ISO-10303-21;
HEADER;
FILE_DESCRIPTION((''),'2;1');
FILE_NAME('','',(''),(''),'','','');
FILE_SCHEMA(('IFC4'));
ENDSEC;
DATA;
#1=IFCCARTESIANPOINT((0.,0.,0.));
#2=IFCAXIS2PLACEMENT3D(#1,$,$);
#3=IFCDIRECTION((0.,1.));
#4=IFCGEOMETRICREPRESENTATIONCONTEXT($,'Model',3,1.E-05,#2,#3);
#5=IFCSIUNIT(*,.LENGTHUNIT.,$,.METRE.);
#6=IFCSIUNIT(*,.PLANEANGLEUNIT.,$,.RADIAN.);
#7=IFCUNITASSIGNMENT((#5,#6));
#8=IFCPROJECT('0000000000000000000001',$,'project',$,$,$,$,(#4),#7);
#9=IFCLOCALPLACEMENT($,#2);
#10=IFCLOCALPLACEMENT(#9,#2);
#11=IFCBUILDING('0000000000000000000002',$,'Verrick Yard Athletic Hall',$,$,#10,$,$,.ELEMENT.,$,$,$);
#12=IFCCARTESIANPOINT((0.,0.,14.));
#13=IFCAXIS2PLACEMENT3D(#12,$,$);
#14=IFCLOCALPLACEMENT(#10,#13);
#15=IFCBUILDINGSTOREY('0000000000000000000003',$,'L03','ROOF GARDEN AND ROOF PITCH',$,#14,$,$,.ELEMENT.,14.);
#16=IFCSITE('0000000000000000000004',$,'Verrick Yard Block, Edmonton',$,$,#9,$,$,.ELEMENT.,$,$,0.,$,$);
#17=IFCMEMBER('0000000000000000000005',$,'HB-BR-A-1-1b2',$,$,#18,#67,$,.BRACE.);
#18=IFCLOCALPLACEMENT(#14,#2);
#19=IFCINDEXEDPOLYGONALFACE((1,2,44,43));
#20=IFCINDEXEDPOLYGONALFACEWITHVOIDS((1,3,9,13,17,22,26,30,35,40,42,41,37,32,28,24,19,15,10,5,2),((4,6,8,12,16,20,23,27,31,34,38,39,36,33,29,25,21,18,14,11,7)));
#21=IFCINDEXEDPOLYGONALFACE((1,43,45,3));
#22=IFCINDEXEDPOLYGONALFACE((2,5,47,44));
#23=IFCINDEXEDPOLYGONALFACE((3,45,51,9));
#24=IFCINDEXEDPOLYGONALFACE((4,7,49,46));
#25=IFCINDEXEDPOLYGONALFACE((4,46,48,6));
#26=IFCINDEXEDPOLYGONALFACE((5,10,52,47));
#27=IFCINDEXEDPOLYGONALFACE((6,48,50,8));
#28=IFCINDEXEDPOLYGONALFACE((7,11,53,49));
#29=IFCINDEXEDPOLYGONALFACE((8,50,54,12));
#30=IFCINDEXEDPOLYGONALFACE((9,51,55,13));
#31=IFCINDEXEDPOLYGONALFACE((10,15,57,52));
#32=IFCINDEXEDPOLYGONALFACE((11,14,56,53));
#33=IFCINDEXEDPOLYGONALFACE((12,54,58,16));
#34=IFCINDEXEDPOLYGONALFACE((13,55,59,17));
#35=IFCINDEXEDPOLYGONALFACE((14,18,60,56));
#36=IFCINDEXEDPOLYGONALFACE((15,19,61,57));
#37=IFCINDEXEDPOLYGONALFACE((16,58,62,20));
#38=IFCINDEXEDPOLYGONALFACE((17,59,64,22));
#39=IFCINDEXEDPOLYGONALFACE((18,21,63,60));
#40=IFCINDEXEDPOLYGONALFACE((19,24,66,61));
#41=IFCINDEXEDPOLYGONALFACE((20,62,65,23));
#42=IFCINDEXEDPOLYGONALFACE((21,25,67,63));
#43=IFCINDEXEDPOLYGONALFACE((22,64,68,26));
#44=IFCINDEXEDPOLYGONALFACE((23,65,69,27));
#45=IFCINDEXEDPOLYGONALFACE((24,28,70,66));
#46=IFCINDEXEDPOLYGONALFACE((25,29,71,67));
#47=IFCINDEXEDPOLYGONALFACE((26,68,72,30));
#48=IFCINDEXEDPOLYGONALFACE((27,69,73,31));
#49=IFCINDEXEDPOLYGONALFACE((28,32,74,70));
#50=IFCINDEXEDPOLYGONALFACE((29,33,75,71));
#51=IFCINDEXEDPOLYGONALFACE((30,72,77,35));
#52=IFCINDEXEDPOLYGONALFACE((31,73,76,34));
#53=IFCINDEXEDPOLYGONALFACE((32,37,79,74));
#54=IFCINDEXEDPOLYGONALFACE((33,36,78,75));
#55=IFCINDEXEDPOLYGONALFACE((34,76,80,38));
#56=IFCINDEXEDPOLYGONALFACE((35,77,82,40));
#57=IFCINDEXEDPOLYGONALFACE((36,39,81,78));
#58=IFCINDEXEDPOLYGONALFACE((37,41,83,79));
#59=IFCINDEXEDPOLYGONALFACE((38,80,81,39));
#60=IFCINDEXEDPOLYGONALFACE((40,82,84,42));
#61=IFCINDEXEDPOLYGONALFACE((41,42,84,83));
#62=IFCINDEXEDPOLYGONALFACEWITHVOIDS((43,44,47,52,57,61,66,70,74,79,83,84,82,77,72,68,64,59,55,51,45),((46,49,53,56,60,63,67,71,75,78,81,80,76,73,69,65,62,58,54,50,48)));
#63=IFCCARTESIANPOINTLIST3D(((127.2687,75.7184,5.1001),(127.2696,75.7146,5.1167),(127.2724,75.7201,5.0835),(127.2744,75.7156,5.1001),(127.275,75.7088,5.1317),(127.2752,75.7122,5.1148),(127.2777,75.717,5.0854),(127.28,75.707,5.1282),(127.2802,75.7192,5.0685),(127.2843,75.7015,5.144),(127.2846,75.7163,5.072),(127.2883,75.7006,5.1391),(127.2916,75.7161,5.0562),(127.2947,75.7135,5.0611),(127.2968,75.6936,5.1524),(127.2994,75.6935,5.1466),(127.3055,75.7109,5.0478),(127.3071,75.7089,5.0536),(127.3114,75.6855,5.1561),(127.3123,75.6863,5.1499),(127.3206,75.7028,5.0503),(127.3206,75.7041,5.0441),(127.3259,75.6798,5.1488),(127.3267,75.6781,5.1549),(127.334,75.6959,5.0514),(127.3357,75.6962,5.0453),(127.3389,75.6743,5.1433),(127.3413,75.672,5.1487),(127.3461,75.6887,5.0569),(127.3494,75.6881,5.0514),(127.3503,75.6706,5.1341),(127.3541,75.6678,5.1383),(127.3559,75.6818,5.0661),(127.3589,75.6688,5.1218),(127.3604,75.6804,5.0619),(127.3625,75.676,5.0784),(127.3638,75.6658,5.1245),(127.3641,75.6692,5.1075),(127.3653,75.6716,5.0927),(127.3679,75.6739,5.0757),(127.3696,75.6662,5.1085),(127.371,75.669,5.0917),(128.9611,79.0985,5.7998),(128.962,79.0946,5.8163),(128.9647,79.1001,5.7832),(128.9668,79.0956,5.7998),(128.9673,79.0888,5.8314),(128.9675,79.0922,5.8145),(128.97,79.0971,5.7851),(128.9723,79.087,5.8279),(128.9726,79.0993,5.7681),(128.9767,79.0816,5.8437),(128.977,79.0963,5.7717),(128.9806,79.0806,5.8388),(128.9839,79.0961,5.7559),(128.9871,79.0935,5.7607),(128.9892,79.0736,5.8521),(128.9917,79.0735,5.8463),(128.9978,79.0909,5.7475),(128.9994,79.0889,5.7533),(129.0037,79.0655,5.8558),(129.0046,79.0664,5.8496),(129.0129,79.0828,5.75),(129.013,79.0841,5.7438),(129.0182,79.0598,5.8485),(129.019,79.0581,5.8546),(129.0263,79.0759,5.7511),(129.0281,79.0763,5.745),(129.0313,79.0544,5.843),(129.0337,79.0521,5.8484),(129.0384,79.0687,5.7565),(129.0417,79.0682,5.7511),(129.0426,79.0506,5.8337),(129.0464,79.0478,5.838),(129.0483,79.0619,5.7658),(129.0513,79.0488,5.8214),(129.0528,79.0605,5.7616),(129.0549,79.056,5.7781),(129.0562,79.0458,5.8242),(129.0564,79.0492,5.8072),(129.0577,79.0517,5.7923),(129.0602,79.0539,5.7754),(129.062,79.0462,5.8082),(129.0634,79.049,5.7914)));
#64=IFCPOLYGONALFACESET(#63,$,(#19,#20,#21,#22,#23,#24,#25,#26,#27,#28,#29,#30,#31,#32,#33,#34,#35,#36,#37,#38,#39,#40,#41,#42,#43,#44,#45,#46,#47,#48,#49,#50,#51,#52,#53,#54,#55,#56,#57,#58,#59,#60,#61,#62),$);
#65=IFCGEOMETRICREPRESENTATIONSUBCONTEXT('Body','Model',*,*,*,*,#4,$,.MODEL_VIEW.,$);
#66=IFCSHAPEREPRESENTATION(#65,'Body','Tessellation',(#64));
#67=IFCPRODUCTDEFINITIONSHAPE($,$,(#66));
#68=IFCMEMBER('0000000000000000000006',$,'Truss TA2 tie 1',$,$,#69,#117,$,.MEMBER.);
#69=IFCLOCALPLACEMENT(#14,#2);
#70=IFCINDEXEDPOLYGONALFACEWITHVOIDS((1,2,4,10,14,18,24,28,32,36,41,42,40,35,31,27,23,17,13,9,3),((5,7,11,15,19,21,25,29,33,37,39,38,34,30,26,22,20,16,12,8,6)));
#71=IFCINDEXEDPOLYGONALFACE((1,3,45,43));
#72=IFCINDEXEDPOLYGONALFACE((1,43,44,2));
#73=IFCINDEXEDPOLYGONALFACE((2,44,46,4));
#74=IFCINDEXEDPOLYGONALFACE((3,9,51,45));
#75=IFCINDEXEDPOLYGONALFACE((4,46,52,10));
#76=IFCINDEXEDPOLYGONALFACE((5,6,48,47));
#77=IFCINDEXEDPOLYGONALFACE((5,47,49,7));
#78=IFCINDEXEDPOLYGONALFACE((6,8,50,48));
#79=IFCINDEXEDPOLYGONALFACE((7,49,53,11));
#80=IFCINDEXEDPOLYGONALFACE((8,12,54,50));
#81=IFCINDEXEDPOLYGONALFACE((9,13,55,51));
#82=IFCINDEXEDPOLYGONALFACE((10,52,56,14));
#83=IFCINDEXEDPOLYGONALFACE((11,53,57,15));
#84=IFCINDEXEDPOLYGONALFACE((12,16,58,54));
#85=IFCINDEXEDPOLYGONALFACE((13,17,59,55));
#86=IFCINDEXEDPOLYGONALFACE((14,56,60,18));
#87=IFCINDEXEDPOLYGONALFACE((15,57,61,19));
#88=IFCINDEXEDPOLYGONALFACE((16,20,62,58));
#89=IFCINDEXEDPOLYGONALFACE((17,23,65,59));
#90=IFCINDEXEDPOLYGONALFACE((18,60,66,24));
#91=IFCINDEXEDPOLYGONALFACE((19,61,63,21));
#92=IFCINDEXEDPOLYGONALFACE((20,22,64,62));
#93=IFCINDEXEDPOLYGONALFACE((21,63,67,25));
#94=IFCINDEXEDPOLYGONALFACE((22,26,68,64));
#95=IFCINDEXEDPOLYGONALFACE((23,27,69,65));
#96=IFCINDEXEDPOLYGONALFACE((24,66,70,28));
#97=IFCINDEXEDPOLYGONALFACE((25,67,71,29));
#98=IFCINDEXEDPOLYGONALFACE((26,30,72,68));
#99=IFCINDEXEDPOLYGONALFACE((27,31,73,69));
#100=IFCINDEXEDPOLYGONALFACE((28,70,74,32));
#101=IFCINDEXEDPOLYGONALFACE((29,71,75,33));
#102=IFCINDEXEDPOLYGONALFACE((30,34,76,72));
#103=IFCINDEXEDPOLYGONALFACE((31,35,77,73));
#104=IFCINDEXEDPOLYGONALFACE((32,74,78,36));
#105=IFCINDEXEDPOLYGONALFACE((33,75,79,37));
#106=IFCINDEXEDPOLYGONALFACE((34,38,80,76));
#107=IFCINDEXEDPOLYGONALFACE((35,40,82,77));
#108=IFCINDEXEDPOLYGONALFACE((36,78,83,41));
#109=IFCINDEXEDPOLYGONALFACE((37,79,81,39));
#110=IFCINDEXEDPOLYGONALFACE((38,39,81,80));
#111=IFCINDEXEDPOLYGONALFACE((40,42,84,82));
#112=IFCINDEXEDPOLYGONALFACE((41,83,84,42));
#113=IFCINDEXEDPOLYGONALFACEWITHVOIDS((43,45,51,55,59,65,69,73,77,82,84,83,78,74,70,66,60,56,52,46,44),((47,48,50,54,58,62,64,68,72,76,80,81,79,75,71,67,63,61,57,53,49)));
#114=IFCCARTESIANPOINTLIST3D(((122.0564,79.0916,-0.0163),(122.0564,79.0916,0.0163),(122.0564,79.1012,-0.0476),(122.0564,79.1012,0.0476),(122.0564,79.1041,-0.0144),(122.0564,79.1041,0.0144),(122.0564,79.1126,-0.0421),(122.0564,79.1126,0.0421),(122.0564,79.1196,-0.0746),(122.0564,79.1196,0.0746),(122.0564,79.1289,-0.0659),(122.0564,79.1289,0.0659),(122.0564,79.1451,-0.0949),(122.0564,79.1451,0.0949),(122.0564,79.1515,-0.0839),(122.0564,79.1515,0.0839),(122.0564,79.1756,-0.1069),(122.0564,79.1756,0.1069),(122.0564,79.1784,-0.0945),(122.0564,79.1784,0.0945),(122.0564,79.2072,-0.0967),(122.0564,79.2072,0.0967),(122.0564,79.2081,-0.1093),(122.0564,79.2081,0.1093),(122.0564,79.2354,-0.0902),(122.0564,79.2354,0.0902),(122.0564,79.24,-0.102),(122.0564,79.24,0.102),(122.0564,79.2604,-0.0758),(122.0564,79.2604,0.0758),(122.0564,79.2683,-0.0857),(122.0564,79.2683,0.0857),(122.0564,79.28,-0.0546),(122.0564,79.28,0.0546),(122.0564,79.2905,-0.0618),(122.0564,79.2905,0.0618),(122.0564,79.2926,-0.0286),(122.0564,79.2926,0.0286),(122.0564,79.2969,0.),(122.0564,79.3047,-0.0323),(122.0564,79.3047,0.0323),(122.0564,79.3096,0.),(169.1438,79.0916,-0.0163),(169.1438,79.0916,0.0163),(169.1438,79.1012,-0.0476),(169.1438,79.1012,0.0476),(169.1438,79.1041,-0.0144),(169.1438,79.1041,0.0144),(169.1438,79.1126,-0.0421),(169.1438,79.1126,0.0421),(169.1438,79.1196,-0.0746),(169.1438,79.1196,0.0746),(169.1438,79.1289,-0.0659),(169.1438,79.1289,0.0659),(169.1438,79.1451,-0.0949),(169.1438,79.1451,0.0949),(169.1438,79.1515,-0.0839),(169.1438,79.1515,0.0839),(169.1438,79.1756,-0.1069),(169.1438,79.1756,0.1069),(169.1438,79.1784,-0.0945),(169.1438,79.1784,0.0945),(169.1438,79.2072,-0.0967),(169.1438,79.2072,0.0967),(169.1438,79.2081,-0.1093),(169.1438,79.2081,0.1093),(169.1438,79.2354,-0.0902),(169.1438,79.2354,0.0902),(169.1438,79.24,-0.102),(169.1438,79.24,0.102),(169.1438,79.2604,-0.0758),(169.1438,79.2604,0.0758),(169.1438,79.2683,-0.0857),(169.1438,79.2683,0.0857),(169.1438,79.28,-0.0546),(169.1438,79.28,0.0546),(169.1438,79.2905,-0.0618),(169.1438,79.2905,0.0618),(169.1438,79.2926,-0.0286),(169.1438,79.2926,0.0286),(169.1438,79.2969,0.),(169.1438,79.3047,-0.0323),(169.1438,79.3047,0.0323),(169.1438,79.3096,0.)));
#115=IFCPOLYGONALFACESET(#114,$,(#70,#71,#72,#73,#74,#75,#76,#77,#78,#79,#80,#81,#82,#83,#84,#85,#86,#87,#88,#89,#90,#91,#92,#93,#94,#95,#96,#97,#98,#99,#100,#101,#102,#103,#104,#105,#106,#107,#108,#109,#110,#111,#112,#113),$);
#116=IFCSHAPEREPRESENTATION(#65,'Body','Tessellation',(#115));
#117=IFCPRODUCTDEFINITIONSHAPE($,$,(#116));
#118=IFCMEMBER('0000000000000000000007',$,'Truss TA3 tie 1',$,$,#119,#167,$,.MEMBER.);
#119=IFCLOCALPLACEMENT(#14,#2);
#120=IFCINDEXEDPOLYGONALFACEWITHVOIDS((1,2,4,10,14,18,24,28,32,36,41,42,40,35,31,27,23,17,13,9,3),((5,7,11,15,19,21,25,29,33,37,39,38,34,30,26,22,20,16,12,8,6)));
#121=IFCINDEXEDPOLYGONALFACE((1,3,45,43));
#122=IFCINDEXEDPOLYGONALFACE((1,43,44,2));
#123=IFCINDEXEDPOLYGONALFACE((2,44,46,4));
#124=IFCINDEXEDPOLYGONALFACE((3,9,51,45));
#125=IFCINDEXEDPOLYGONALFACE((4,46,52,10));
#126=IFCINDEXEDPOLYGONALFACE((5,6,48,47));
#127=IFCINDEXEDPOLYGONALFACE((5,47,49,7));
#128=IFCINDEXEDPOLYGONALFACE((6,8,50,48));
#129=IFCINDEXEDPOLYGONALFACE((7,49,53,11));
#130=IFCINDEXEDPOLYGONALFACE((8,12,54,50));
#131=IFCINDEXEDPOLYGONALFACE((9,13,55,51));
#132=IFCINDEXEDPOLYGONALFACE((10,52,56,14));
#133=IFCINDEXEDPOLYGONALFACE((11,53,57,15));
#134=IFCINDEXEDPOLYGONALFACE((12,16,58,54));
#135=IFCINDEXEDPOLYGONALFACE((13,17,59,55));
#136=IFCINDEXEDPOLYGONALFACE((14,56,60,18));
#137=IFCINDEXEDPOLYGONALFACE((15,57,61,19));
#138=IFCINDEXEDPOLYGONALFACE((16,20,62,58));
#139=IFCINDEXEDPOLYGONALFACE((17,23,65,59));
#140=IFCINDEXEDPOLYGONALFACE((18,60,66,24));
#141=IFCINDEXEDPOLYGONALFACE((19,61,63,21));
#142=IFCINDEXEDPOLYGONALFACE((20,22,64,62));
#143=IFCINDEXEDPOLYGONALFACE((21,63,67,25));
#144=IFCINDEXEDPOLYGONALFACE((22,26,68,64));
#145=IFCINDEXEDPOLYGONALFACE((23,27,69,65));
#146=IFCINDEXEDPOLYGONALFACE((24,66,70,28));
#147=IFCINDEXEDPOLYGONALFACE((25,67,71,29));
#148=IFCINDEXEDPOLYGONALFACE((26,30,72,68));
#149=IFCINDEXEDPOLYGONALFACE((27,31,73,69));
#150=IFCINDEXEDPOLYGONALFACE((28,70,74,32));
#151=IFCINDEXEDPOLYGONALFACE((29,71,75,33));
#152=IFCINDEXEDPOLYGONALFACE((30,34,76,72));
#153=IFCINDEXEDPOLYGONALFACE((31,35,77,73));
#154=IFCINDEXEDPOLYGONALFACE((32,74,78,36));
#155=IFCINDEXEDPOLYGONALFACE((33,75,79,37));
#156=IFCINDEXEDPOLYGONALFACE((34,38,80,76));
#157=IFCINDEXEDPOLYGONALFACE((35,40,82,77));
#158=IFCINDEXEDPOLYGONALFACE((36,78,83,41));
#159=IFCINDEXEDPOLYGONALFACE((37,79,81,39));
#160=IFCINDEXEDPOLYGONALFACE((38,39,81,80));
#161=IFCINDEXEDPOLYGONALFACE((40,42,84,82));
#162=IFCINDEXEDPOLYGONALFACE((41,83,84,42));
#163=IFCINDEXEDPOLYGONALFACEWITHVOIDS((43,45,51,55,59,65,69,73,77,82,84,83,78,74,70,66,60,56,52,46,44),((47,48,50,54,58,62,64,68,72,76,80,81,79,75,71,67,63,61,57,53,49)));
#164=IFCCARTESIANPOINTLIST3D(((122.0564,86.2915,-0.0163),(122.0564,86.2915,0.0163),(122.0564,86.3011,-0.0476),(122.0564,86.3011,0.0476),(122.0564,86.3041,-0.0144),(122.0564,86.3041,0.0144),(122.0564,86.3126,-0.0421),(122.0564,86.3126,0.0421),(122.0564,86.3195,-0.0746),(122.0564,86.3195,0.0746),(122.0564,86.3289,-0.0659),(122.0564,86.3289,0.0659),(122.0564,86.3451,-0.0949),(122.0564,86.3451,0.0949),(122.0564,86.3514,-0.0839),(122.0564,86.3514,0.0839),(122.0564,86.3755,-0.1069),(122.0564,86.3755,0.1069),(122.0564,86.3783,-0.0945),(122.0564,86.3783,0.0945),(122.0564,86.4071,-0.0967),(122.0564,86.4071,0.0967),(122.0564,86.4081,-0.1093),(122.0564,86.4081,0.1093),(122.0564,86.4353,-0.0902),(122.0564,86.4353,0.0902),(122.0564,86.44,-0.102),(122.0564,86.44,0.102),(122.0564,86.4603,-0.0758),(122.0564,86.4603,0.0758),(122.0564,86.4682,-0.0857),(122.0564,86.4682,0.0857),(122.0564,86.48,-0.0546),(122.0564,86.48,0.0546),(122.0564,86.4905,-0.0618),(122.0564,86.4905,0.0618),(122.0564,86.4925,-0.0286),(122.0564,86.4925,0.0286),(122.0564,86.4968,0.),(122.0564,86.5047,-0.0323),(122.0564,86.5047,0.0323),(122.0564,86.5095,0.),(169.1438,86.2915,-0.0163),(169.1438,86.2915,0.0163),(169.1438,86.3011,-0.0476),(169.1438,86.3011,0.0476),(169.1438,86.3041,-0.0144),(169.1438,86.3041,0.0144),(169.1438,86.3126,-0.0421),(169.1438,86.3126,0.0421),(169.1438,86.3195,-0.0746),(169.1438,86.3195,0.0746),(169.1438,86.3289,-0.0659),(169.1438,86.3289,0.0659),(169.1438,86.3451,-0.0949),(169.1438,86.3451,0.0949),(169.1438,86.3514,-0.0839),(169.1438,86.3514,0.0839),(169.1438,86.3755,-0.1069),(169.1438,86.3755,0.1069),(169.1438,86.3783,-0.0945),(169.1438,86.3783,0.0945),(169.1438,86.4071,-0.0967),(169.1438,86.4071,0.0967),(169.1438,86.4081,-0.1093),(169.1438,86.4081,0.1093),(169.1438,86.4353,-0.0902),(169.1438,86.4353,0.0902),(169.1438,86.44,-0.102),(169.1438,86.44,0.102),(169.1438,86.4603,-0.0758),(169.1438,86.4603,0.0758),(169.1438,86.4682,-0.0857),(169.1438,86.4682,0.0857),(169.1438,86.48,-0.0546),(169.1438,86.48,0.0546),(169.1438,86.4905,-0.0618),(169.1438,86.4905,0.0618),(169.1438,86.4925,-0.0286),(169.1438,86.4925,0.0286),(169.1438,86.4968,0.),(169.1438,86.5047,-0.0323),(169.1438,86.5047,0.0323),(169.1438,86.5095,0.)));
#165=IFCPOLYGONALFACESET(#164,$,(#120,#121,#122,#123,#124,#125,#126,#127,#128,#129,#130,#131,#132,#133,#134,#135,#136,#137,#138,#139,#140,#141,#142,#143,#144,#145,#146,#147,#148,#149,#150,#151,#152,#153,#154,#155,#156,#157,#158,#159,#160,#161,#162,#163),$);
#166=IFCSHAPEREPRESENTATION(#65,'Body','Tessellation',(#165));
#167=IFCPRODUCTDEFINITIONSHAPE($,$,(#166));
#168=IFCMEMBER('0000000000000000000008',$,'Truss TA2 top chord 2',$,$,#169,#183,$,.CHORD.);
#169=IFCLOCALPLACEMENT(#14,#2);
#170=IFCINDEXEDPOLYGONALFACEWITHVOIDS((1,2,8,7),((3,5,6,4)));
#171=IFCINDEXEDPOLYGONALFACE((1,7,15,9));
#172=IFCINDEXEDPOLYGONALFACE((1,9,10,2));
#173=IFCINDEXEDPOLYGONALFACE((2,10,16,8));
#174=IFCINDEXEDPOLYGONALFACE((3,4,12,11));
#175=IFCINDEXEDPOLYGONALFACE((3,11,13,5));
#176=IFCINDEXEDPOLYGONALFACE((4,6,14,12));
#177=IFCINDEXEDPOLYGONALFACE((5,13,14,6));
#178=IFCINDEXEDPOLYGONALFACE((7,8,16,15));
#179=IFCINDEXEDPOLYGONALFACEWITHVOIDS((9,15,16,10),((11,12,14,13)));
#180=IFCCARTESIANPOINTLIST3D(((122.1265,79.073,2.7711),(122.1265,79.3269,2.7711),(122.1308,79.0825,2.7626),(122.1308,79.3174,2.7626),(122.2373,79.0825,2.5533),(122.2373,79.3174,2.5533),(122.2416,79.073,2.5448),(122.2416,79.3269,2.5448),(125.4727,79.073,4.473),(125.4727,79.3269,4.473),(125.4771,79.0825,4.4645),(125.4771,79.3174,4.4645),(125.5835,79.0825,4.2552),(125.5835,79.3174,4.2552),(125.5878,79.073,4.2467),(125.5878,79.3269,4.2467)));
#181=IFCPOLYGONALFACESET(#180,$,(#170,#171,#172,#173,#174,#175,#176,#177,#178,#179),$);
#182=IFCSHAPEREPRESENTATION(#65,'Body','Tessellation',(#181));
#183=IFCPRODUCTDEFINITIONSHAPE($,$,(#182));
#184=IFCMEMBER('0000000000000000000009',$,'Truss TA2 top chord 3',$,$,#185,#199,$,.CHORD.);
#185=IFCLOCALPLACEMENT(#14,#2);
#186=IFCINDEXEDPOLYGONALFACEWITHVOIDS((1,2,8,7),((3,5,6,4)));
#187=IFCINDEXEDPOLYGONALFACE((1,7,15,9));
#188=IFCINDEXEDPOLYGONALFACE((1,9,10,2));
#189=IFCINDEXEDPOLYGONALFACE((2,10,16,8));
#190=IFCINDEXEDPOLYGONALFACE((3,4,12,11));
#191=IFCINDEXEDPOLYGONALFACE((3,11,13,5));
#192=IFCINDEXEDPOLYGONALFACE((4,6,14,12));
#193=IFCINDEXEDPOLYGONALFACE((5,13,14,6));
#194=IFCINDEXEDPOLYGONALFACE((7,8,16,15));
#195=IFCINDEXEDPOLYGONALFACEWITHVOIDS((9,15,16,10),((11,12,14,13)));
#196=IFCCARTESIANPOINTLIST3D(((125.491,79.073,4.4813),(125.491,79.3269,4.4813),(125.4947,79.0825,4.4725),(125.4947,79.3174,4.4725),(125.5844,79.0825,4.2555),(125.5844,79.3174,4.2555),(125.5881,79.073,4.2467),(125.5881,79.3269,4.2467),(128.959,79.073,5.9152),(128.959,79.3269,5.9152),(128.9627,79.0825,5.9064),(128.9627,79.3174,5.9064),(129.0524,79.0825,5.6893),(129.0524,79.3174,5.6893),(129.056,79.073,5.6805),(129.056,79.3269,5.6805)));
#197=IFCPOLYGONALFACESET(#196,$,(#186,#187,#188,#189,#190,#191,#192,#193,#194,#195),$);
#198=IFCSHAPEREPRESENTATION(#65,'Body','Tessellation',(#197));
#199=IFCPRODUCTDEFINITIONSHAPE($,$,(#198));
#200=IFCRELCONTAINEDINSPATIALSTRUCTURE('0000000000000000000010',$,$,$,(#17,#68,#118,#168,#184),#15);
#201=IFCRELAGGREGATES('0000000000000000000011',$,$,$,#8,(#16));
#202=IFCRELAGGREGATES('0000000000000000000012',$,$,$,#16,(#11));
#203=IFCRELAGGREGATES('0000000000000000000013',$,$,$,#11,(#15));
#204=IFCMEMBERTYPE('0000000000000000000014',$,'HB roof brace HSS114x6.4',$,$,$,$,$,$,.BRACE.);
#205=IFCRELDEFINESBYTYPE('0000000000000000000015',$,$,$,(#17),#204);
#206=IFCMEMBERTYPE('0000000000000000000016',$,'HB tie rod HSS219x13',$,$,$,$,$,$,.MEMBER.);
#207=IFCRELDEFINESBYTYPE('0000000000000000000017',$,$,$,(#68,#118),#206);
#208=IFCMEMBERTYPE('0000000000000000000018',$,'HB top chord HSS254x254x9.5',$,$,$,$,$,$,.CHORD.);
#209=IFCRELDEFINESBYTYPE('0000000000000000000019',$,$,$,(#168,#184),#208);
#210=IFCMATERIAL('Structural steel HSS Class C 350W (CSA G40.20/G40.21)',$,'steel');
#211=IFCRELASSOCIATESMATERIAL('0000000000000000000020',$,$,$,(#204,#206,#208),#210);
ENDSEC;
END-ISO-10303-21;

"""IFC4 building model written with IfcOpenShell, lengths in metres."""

from ifc_helpers import new_model, si_unit, direction, frame, origin, origin_2d, place, context, subcontext, project, spatial, hollow_rectangle, hollow_circle, extrude, material, material_profile, profile_set, type_object, element, save


model = new_model("IFC4")

# Units and contexts
model_context = context("Model", 3, precision=1e-05, world=origin(), true_north=direction((0.0, 1.0)))
body_context = subcontext(model_context, "Body", "Model", "MODEL_VIEW")
ifc_project = project(units=[si_unit("LENGTHUNIT", "METRE"), si_unit("PLANEANGLEUNIT", "RADIAN")], contexts=[model_context])

# Site, building, storey
site_placement = place(None, origin())
site = spatial("IfcSite", under=ifc_project, at=site_placement, Name="Verrick Yard Block, Edmonton", CompositionType="ELEMENT", RefElevation=0.0)
building_placement = place(site_placement, origin())
building = spatial("IfcBuilding", under=site, at=building_placement, Name="Verrick Yard Athletic Hall", CompositionType="ELEMENT")
storey_placement = place(building_placement, frame((0.0, 0.0, 14.0)))
storey = spatial("IfcBuildingStorey", under=building, at=storey_placement, Name="L03", Description="ROOF GARDEN AND ROOF PITCH", CompositionType="ELEMENT", Elevation=14.0)

# Members
ifc_material_1 = material(Name="Structural steel HSS Class C 350W (CSA G40.20/G40.21)", Category="steel")
ifc_material_profile_1 = material_profile(ifc_material_1, hollow_circle(Radius=0.0571, WallThickness=0.0063, at=origin_2d()), Name="HSS114x6.4")
ifc_profile_set_1 = profile_set([ifc_material_profile_1], Name="Structural steel HSS Class C 350W (CSA G40.20/G40.21)")
member_type_1 = type_object("IfcMemberType", Name="HB roof brace HSS114x6.4", PredefinedType="BRACE", material=ifc_profile_set_1)
member_1_placement = place(storey_placement, frame((127.3198, 75.6929, 5.1001), z_axis=(0.440226, 0.879246, 0.182009), x_axis=(-0.894182, 0.447704, 0.0)))
element("IfcMember", 1, at=member_1_placement, inside=storey, type_object=member_type_1, Name="HB-BR-A-1-1b2", PredefinedType="BRACE", context=body_context, shape_type="SweptSolid", body=[
    extrude(hollow_circle(Radius=0.0571, WallThickness=0.0063, at=origin_2d()), origin(), (0.0, 0.0, 1.0), 3.8442),
])
ifc_material_profile_2 = material_profile(ifc_material_1, hollow_circle(Radius=0.1096, WallThickness=0.0127, at=origin_2d()), Name="HSS219x13")
ifc_profile_set_2 = profile_set([ifc_material_profile_2], Name="Structural steel HSS Class C 350W (CSA G40.20/G40.21)")
member_type_2 = type_object("IfcMemberType", Name="HB tie rod HSS219x13", PredefinedType="MEMBER", material=ifc_profile_set_2)
for number, where, z_axis, x_axis, name in (
    (2, (122.0564, 79.2, 0.0), (1.0, 0.0, 0.0), (0.0, 1.0, 0.0), "Truss TA2 tie 1"),
    (3, (122.0564, 86.3999, 0.0), (1.0, 0.0, 0.0), (0.0, 1.0, 0.0), "Truss TA3 tie 1"),
):
    element("IfcMember", number, at=place(storey_placement, frame(where, z_axis=z_axis, x_axis=x_axis)), inside=storey, type_object=member_type_2, Name=name, PredefinedType="MEMBER", context=body_context, shape_type="SweptSolid", body=[
        extrude(hollow_circle(Radius=0.1096, WallThickness=0.0127, at=origin_2d()), origin(), (0.0, 0.0, 1.0), 47.0874),
    ])
ifc_material_profile_3 = material_profile(ifc_material_1, hollow_rectangle(XDim=0.2539, YDim=0.2539, WallThickness=0.0095, at=origin_2d()), Name="HSS254x254x9.5")
ifc_profile_set_3 = profile_set([ifc_material_profile_3], Name="Structural steel HSS Class C 350W (CSA G40.20/G40.21)")
member_type_3 = type_object("IfcMemberType", Name="HB top chord HSS254x254x9.5", PredefinedType="CHORD", material=ifc_profile_set_3)
member_2_placement = place(storey_placement, frame((122.1841, 79.2, 2.658), z_axis=(0.891337, 0.0, 0.453342), x_axis=(0.0, 1.0, 0.0)))
element("IfcMember", 4, at=member_2_placement, inside=storey, type_object=member_type_3, Name="Truss TA2 top chord 2", PredefinedType="CHORD", context=body_context, shape_type="SweptSolid", body=[
    extrude(hollow_rectangle(XDim=0.2539, YDim=0.2539, WallThickness=0.0095, at=origin_2d()), origin(), (0.0, 0.0, 1.0), 3.7542),
])
member_3_placement = place(storey_placement, frame((125.5396, 79.2, 4.364), z_axis=(0.92413, 0.0, 0.382078), x_axis=(0.0, 1.0, 0.0)))
element("IfcMember", 5, at=member_3_placement, inside=storey, type_object=member_type_3, Name="Truss TA2 top chord 3", PredefinedType="CHORD", context=body_context, shape_type="SweptSolid", body=[
    extrude(hollow_rectangle(XDim=0.2539, YDim=0.2539, WallThickness=0.0095, at=origin_2d()), origin(), (0.0, 0.0, 1.0), 3.7527),
])

save(model, "model.ifc")
